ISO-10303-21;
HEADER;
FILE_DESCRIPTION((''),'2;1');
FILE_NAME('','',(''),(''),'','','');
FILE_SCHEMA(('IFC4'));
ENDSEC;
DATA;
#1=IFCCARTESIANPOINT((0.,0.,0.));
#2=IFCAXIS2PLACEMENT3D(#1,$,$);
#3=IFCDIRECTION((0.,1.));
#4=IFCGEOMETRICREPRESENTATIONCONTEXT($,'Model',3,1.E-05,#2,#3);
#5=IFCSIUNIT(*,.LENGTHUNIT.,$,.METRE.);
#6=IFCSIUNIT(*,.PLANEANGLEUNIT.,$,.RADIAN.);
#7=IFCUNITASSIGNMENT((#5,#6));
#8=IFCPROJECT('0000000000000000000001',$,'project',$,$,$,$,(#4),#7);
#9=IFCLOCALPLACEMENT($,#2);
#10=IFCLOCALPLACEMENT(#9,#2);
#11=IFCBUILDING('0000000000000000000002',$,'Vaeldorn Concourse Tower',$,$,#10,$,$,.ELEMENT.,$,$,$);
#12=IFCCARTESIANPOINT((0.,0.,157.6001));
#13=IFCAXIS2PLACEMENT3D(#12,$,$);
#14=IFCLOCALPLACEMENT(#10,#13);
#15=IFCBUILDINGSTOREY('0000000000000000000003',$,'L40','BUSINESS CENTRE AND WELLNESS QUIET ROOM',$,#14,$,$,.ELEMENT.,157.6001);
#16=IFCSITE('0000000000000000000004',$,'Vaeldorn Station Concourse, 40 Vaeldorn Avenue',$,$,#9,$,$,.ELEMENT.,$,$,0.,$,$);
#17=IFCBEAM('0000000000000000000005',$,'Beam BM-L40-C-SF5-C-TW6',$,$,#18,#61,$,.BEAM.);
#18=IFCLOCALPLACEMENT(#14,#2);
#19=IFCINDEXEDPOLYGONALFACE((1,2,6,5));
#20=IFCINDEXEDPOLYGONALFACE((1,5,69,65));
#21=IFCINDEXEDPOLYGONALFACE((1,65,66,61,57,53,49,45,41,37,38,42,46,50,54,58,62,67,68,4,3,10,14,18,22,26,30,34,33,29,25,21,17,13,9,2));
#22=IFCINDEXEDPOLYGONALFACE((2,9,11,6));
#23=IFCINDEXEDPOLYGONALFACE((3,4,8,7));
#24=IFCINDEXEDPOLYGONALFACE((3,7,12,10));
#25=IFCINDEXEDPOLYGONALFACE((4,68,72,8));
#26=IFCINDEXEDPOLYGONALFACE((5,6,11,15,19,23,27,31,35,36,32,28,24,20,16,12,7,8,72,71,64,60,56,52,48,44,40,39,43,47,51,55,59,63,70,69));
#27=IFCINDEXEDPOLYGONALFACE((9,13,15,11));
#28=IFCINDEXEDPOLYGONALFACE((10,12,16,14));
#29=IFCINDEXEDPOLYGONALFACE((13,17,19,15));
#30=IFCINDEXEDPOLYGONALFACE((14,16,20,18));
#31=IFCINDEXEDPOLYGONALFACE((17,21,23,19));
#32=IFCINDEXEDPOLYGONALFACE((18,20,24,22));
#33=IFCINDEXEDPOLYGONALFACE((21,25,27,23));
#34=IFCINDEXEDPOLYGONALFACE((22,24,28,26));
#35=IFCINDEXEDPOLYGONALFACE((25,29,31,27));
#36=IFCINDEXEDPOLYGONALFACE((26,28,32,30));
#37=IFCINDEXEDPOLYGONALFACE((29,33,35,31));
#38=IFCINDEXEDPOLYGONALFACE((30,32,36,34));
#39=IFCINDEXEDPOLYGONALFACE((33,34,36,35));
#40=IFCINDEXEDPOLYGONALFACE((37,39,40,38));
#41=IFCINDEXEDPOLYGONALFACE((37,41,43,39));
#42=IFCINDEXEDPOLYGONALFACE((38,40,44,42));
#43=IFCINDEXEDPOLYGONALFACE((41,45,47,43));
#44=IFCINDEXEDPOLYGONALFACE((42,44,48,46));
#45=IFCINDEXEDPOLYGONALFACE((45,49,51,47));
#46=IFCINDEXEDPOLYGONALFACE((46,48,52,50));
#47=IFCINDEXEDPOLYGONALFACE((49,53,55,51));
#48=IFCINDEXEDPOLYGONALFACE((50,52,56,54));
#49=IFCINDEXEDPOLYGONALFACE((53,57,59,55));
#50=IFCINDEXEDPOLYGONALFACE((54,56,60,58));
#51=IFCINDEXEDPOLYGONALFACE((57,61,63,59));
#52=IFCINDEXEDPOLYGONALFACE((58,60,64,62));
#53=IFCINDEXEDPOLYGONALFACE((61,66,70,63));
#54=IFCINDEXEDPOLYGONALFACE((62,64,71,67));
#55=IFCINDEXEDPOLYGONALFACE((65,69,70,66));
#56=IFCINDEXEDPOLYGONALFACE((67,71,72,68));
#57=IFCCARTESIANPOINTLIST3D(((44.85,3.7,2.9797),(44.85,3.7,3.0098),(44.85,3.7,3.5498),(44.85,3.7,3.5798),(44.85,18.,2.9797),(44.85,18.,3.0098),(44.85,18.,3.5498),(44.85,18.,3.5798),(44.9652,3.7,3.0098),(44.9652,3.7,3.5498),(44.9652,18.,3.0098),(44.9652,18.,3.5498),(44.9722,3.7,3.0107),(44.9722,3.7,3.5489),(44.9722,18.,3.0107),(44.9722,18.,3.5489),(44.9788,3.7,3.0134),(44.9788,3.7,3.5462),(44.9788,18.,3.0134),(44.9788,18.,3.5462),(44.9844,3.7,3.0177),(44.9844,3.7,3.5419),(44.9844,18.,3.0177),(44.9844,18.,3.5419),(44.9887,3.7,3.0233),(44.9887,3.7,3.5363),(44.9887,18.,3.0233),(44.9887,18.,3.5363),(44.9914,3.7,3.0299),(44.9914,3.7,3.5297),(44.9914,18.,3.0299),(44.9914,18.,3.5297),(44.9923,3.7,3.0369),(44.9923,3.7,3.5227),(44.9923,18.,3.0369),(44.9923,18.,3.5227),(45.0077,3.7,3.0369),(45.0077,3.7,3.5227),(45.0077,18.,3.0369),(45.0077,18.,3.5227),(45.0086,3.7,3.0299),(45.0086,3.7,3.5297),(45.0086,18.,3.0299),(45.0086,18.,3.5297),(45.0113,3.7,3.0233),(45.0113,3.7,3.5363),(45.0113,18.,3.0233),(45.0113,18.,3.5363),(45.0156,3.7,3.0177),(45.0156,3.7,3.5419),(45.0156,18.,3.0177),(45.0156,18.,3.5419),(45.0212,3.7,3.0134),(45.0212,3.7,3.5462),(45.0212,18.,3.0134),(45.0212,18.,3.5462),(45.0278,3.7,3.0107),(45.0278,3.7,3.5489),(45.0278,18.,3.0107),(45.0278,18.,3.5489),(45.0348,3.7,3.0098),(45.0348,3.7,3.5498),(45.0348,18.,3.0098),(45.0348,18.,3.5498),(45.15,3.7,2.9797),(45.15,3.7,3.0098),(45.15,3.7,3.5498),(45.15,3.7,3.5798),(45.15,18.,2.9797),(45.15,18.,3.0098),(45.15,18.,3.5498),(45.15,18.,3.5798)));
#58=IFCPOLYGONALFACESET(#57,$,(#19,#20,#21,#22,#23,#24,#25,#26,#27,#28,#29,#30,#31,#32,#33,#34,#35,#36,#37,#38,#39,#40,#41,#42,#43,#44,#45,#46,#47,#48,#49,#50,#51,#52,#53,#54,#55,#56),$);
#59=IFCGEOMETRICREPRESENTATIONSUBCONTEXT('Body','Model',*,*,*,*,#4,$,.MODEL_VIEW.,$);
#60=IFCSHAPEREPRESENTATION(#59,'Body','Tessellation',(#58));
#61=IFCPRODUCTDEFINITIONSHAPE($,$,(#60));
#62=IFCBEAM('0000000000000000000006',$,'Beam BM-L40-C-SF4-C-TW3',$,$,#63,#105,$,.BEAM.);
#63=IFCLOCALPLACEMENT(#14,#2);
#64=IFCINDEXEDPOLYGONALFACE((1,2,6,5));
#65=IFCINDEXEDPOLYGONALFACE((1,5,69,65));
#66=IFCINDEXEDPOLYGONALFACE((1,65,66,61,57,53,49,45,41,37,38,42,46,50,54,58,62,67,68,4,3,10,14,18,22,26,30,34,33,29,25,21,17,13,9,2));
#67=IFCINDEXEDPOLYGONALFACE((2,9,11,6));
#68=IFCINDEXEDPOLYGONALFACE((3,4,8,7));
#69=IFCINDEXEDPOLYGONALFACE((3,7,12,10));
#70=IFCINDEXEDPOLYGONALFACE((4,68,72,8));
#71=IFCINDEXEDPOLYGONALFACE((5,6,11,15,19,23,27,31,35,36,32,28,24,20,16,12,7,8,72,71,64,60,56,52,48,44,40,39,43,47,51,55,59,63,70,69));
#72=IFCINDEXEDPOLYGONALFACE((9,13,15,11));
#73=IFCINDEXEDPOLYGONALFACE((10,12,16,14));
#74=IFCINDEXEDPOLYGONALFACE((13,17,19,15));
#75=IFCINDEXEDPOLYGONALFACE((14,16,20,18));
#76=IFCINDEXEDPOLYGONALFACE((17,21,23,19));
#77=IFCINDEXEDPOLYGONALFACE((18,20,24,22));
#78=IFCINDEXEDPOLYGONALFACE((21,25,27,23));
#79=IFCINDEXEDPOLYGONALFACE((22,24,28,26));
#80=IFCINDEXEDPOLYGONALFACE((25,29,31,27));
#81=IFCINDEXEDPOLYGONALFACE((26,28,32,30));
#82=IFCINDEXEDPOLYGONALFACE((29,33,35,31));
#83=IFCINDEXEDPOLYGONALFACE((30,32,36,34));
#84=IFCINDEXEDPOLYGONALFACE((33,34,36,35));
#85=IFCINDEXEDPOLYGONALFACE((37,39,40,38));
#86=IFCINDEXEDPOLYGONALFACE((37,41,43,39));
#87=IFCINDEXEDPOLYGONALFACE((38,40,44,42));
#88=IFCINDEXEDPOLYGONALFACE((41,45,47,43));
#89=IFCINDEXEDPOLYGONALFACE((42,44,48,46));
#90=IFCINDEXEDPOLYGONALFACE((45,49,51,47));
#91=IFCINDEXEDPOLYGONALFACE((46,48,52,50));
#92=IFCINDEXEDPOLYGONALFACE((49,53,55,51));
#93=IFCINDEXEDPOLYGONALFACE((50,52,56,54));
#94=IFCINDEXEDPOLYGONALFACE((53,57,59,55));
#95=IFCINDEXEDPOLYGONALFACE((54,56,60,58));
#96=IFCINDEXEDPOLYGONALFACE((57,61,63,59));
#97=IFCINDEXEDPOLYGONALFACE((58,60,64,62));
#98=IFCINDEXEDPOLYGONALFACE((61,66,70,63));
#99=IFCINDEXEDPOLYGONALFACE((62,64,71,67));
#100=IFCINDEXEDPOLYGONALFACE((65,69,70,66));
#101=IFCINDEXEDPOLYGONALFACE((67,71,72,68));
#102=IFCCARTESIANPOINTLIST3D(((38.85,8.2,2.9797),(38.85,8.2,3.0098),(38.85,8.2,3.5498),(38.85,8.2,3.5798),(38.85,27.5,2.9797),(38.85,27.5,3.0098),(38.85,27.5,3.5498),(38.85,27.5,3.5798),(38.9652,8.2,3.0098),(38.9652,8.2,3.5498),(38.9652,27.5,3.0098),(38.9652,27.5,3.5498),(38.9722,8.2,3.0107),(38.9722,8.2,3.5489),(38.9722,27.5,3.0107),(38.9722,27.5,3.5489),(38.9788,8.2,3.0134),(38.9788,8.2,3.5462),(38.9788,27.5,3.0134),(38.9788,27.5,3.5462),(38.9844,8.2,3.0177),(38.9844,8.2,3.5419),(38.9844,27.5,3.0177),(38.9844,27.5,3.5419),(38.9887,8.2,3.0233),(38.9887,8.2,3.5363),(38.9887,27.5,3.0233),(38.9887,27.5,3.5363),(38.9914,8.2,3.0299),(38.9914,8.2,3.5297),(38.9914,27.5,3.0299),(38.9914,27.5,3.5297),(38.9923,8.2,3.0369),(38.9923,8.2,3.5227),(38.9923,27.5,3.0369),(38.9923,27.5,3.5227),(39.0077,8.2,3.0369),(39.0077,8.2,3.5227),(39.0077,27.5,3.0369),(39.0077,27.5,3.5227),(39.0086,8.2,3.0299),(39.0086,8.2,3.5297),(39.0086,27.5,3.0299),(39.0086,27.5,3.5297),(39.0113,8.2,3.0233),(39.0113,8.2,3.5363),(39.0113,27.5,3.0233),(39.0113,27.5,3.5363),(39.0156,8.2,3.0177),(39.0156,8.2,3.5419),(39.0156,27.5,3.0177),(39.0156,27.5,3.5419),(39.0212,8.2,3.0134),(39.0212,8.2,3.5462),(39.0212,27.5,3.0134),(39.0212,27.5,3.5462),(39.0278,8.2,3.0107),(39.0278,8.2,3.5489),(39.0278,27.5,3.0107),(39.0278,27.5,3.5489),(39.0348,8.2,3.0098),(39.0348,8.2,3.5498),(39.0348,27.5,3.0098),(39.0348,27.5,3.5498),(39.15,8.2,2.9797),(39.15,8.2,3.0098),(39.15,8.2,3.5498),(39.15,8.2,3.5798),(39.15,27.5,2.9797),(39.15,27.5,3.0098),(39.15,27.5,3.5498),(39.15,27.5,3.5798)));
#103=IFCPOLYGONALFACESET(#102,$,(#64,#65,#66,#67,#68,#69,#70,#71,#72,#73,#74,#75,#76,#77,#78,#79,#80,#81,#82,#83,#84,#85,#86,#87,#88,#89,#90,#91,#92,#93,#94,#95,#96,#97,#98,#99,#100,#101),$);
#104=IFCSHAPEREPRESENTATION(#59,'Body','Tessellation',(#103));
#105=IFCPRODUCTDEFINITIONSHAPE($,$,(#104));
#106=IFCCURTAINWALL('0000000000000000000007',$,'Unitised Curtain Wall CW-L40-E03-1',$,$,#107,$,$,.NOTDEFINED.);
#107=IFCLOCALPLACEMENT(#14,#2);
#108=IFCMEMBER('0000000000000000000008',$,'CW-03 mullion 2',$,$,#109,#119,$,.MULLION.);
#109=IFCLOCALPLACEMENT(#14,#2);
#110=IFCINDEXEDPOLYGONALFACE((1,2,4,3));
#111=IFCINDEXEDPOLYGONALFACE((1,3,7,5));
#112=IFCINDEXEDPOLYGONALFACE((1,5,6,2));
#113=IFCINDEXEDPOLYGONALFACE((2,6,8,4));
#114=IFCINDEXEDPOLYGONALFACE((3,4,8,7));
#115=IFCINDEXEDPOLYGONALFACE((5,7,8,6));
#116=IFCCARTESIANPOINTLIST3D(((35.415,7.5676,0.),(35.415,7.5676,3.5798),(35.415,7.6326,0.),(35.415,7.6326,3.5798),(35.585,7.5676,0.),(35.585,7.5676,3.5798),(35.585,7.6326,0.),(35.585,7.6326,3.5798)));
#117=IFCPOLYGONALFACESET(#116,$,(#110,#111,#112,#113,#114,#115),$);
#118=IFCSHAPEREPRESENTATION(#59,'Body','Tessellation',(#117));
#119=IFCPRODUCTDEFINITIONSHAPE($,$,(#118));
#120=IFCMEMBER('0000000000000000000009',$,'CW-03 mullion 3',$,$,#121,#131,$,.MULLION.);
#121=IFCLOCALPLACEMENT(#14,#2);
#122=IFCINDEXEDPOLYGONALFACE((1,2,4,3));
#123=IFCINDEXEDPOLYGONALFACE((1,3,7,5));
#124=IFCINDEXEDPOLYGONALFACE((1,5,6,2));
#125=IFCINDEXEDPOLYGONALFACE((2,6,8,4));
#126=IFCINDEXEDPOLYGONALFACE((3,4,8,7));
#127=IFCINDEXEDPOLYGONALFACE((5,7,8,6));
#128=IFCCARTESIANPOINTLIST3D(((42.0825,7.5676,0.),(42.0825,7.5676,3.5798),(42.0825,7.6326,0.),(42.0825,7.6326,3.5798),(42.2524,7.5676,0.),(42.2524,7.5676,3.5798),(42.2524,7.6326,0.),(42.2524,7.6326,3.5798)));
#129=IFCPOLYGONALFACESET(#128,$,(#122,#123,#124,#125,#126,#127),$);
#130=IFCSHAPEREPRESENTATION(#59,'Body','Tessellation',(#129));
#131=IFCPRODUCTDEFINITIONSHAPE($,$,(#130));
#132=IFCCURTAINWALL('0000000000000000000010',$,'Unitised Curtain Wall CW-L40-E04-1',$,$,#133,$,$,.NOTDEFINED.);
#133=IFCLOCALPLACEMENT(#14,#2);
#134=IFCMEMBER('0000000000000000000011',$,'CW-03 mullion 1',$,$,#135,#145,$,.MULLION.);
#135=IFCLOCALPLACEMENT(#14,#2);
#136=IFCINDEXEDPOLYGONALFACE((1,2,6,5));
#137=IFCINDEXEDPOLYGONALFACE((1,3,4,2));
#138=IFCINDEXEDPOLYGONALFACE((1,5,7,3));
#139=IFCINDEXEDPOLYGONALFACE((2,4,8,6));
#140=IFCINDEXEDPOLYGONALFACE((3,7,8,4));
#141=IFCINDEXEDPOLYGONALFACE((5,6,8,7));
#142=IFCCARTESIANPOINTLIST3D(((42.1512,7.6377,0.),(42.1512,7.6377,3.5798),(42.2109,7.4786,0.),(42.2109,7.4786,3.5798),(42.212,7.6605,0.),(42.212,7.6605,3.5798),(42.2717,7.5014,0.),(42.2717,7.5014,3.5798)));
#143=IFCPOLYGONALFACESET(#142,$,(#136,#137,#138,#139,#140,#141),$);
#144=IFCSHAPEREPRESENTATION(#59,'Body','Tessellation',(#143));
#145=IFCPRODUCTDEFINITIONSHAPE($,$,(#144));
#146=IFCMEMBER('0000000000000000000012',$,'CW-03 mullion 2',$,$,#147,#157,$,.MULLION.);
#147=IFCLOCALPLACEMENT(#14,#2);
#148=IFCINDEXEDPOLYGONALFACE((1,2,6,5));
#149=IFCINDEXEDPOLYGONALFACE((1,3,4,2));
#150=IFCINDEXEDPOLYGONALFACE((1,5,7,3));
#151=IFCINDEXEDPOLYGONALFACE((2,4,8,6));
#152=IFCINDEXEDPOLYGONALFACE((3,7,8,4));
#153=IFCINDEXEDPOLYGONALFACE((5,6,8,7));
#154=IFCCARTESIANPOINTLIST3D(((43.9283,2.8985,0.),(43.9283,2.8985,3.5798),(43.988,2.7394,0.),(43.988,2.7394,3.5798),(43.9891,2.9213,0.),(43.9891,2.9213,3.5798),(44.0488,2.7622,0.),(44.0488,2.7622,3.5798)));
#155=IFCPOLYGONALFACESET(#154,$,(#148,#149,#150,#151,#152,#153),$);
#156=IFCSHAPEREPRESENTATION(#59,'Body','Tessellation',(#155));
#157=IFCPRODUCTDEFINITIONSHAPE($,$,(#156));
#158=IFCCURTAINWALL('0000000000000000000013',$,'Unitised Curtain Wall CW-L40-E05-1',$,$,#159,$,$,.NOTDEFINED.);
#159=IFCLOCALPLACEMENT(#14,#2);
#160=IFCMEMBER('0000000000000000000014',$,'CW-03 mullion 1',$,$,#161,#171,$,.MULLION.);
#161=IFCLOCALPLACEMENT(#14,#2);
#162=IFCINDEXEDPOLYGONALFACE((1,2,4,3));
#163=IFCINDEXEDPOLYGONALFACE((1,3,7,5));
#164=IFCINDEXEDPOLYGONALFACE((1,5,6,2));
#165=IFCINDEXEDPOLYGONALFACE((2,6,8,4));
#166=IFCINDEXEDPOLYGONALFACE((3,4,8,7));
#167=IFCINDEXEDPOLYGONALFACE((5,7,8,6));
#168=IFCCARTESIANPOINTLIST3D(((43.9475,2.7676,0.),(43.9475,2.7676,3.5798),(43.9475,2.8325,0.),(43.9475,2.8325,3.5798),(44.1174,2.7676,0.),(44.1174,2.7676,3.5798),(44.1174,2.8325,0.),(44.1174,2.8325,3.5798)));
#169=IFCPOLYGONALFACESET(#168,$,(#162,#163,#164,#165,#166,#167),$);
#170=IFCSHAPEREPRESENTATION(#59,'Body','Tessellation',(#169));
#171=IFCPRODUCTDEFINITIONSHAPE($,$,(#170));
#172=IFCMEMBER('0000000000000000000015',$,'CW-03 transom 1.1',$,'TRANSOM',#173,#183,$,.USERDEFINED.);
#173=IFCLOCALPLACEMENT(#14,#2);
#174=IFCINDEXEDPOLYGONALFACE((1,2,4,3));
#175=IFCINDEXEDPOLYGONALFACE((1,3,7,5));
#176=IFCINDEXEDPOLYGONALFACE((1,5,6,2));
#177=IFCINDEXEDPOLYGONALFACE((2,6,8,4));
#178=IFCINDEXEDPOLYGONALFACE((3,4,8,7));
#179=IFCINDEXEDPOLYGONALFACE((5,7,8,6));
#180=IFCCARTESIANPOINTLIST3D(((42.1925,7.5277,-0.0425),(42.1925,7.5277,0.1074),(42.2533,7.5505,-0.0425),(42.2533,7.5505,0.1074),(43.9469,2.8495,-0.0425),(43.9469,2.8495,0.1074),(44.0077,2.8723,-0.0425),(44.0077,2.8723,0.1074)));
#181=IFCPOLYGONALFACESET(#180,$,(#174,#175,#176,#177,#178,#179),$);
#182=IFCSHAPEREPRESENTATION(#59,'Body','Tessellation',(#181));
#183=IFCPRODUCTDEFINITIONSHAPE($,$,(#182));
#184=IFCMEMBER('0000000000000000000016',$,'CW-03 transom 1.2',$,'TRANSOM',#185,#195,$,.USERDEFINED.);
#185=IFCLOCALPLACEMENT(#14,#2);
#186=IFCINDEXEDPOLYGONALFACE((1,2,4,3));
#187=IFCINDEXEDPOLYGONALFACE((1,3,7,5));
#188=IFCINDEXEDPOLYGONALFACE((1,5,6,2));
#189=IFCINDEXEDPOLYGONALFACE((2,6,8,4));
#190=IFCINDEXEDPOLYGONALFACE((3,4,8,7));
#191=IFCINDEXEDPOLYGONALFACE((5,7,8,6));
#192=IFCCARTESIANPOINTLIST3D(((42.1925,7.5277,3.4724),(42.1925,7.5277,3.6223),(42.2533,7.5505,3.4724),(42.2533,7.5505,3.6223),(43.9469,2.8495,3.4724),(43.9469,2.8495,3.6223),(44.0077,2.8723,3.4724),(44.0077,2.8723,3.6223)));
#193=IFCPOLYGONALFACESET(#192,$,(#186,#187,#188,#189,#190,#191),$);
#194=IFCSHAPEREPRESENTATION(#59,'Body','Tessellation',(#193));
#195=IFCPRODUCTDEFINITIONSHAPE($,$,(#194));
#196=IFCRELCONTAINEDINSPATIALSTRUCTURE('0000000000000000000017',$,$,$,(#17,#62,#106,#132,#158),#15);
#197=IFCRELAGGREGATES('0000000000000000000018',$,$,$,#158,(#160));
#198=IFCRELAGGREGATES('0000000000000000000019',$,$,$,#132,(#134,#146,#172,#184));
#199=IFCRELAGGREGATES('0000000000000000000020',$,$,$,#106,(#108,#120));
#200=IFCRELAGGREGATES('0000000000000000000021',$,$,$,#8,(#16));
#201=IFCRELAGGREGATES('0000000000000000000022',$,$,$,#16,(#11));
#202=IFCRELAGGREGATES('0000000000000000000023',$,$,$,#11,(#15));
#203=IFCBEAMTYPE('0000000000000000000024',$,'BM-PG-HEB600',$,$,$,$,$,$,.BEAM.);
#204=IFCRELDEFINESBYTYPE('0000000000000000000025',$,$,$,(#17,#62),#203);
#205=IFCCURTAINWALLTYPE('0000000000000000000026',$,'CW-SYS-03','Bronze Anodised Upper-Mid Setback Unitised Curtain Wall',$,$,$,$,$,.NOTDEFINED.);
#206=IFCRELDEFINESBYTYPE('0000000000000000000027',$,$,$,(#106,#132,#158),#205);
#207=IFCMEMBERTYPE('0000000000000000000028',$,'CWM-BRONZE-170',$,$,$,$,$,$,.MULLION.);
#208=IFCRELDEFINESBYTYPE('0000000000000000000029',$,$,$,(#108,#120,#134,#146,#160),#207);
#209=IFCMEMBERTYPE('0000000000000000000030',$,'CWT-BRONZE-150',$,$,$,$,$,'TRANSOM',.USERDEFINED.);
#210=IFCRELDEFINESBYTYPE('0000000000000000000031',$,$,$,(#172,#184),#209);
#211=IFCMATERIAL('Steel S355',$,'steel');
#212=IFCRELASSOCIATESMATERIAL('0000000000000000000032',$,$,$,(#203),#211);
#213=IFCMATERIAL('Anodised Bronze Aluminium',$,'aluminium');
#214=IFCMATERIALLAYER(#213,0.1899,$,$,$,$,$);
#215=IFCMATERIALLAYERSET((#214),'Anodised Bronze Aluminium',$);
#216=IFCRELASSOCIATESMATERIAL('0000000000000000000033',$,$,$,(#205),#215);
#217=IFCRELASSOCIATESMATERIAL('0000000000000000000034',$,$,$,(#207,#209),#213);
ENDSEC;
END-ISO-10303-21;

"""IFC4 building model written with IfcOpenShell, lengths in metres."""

from ifc_helpers import new_model, si_unit, direction, frame, origin, origin_2d, place, context, subcontext, project, spatial, rectangle, i_section, extrude, source, transform, mapped, material, layer, layer_set, material_profile, profile_set, type_object, element, aggregate, save


model = new_model("IFC4")

# Units and contexts
model_context = context("Model", 3, precision=1e-05, world=origin(), true_north=direction((0.0, 1.0)))
body_context = subcontext(model_context, "Body", "Model", "MODEL_VIEW")
ifc_project = project(units=[si_unit("LENGTHUNIT", "METRE"), si_unit("PLANEANGLEUNIT", "RADIAN")], contexts=[model_context])

# Site, building, storey
site_placement = place(None, origin())
site = spatial("IfcSite", under=ifc_project, at=site_placement, Name="Vaeldorn Station Concourse, 40 Vaeldorn Avenue", CompositionType="ELEMENT", RefElevation=0.0)
building_placement = place(site_placement, origin())
building = spatial("IfcBuilding", under=site, at=building_placement, Name="Vaeldorn Concourse Tower", CompositionType="ELEMENT")
storey_placement = place(building_placement, frame((0.0, 0.0, 157.6001)))
storey = spatial("IfcBuildingStorey", under=building, at=storey_placement, Name="L40", Description="BUSINESS CENTRE AND WELLNESS QUIET ROOM", CompositionType="ELEMENT", Elevation=157.6001)

# Beams
ifc_material_1 = material(Name="Steel S355", Category="steel")
ifc_material_profile_1 = material_profile(ifc_material_1, i_section(OverallWidth=0.3, OverallDepth=0.6001, WebThickness=0.0154, FlangeThickness=0.03, FilletRadius=0.0271, at=origin_2d()), Name="HEB 600")
ifc_profile_set_1 = profile_set([ifc_material_profile_1], Name="Steel S355")
beam_type_1 = type_object("IfcBeamType", Name="BM-PG-HEB600", PredefinedType="BEAM", material=ifc_profile_set_1)
shared_shape_1 = source(origin(), body_context, "Body", "SweptSolid", [
    extrude(i_section(OverallWidth=0.3, OverallDepth=0.6001, WebThickness=0.0154, FlangeThickness=0.03, FilletRadius=0.0271, at=origin_2d()), origin(), (0.0, 0.0, 1.0), 14.3),
])
beam_1_placement = place(storey_placement, frame((45.0, 3.7, 3.2798), z_axis=(0.0, 1.0, 0.0), x_axis=(-1.0, 0.0, 0.0)))
element("IfcBeam", 1, at=beam_1_placement, inside=storey, type_object=beam_type_1, Name="Beam BM-L40-C-SF5-C-TW6", PredefinedType="BEAM", context=body_context, shape_type="MappedRepresentation", body=[
    mapped(shared_shape_1, transform((0.0, 0.0, 0.0), scale=1.0)),
])
shared_shape_2 = source(origin(), body_context, "Body", "SweptSolid", [
    extrude(i_section(OverallWidth=0.3, OverallDepth=0.6001, WebThickness=0.0154, FlangeThickness=0.03, FilletRadius=0.0271, at=origin_2d()), origin(), (0.0, 0.0, 1.0), 19.3),
])
beam_2_placement = place(storey_placement, frame((39.0, 8.2, 3.2798), z_axis=(0.0, 1.0, 0.0), x_axis=(-1.0, 0.0, 0.0)))
element("IfcBeam", 2, at=beam_2_placement, inside=storey, type_object=beam_type_1, Name="Beam BM-L40-C-SF4-C-TW3", PredefinedType="BEAM", context=body_context, shape_type="MappedRepresentation", body=[
    mapped(shared_shape_2, transform((0.0, 0.0, 0.0), scale=1.0)),
])

# Curtain walls, members
ifc_material_2 = material(Name="Anodised Bronze Aluminium", Category="aluminium")
ifc_layer_1 = layer(ifc_material_2, 0.1899)
ifc_layer_set_1 = layer_set([ifc_layer_1], Name="Anodised Bronze Aluminium")
curtain_wall_type = type_object("IfcCurtainWallType", Name="CW-SYS-03", Description="Bronze Anodised Upper-Mid Setback Unitised Curtain Wall", PredefinedType="NOTDEFINED", material=ifc_layer_set_1)
curtain_wall_1_placement = place(storey_placement, origin())
curtain_wall_1 = element("IfcCurtainWall", 3, at=curtain_wall_1_placement, inside=storey, type_object=curtain_wall_type, Name="Unitised Curtain Wall CW-L40-E03-1", PredefinedType="NOTDEFINED")
ifc_material_profile_2 = material_profile(ifc_material_2, rectangle(XDim=0.0649, YDim=0.1699, at=origin_2d()), Name="CWM 65x170")
ifc_profile_set_2 = profile_set([ifc_material_profile_2], Name="Anodised Bronze Aluminium")
member_type_1 = type_object("IfcMemberType", Name="CWM-BRONZE-170", PredefinedType="MULLION", material=ifc_profile_set_2)
shared_shape_3 = source(origin(), body_context, "Body", "SweptSolid", [
    extrude(rectangle(XDim=0.0649, YDim=0.1699, at=origin_2d()), origin(), (0.0, 0.0, 1.0), 3.5798),
])
member_1_placement = place(storey_placement, frame((35.5, 7.6001, 0.0), z_axis=(0.0, 0.0, 1.0), x_axis=(0.0, 1.0, 0.0)))
member_1 = element("IfcMember", 4, at=member_1_placement, type_object=member_type_1, Name="CW-03 mullion 2", PredefinedType="MULLION", context=body_context, shape_type="MappedRepresentation", body=[
    mapped(shared_shape_3, transform((0.0, 0.0, 0.0), scale=1.0)),
])
member_2_placement = place(storey_placement, frame((42.1675, 7.6001, 0.0), z_axis=(0.0, 0.0, 1.0), x_axis=(0.0, 1.0, 0.0)))
member_2 = element("IfcMember", 5, at=member_2_placement, type_object=member_type_1, Name="CW-03 mullion 3", PredefinedType="MULLION", context=body_context, shape_type="MappedRepresentation", body=[
    mapped(shared_shape_3, transform((0.0, 0.0, 0.0), scale=1.0)),
])
curtain_wall_2_placement = place(storey_placement, origin())
curtain_wall_2 = element("IfcCurtainWall", 6, at=curtain_wall_2_placement, inside=storey, type_object=curtain_wall_type, Name="Unitised Curtain Wall CW-L40-E04-1", PredefinedType="NOTDEFINED")
member_3_placement = place(storey_placement, frame((42.2114, 7.5696, 0.0), z_axis=(0.0, 0.0, 1.0), x_axis=(0.936329, 0.351123, 0.0)))
member_3 = element("IfcMember", 7, at=member_3_placement, type_object=member_type_1, Name="CW-03 mullion 1", PredefinedType="MULLION", context=body_context, shape_type="MappedRepresentation", body=[
    mapped(shared_shape_3, transform((0.0, 0.0, 0.0), scale=1.0)),
])
member_4_placement = place(storey_placement, frame((43.9885, 2.8303, 0.0), z_axis=(0.0, 0.0, 1.0), x_axis=(0.936329, 0.351123, 0.0)))
member_4 = element("IfcMember", 8, at=member_4_placement, type_object=member_type_1, Name="CW-03 mullion 2", PredefinedType="MULLION", context=body_context, shape_type="MappedRepresentation", body=[
    mapped(shared_shape_3, transform((0.0, 0.0, 0.0), scale=1.0)),
])

# Curtain wall, member
curtain_wall_3_placement = place(storey_placement, origin())
curtain_wall_3 = element("IfcCurtainWall", 9, at=curtain_wall_3_placement, inside=storey, type_object=curtain_wall_type, Name="Unitised Curtain Wall CW-L40-E05-1", PredefinedType="NOTDEFINED")
member_5_placement = place(storey_placement, frame((44.0325, 2.8, 0.0), z_axis=(0.0, 0.0, 1.0), x_axis=(0.0, 1.0, 0.0)))
member_5 = element("IfcMember", 10, at=member_5_placement, type_object=member_type_1, Name="CW-03 mullion 1", PredefinedType="MULLION", context=body_context, shape_type="MappedRepresentation", body=[
    mapped(shared_shape_3, transform((0.0, 0.0, 0.0), scale=1.0)),
])

# Members
ifc_material_profile_3 = material_profile(ifc_material_2, rectangle(XDim=0.0649, YDim=0.1499, at=origin_2d()), Name="CWT 65x150")
ifc_profile_set_3 = profile_set([ifc_material_profile_3], Name="Anodised Bronze Aluminium")
member_type_2 = type_object("IfcMemberType", Name="CWT-BRONZE-150", ElementType="TRANSOM", PredefinedType="USERDEFINED", material=ifc_profile_set_3)
shared_shape_4 = source(origin(), body_context, "Body", "SweptSolid", [
    extrude(rectangle(XDim=0.0649, YDim=0.1499, at=origin_2d()), origin(), (0.0, 0.0, 1.0), 4.9963),
])
member_6_placement = place(storey_placement, frame((42.2229, 7.5391, 0.0325), z_axis=(0.351134, -0.936325, 0.0), x_axis=(0.936325, 0.351134, 0.0)))
member_6 = element("IfcMember", 11, at=member_6_placement, type_object=member_type_2, Name="CW-03 transom 1.1", ObjectType="TRANSOM", PredefinedType="USERDEFINED", context=body_context, shape_type="MappedRepresentation", body=[
    mapped(shared_shape_4, transform((0.0, 0.0, 0.0), scale=1.0)),
])
member_7_placement = place(storey_placement, frame((42.2229, 7.5391, 3.5474), z_axis=(0.351134, -0.936325, 0.0), x_axis=(0.936325, 0.351134, 0.0)))
member_7 = element("IfcMember", 12, at=member_7_placement, type_object=member_type_2, Name="CW-03 transom 1.2", ObjectType="TRANSOM", PredefinedType="USERDEFINED", context=body_context, shape_type="MappedRepresentation", body=[
    mapped(shared_shape_4, transform((0.0, 0.0, 0.0), scale=1.0)),
])
aggregate(curtain_wall_3, [member_5])

aggregate(curtain_wall_2, [member_3, member_4, member_6, member_7])
aggregate(curtain_wall_1, [member_1, member_2])

save(model, "model.ifc")
